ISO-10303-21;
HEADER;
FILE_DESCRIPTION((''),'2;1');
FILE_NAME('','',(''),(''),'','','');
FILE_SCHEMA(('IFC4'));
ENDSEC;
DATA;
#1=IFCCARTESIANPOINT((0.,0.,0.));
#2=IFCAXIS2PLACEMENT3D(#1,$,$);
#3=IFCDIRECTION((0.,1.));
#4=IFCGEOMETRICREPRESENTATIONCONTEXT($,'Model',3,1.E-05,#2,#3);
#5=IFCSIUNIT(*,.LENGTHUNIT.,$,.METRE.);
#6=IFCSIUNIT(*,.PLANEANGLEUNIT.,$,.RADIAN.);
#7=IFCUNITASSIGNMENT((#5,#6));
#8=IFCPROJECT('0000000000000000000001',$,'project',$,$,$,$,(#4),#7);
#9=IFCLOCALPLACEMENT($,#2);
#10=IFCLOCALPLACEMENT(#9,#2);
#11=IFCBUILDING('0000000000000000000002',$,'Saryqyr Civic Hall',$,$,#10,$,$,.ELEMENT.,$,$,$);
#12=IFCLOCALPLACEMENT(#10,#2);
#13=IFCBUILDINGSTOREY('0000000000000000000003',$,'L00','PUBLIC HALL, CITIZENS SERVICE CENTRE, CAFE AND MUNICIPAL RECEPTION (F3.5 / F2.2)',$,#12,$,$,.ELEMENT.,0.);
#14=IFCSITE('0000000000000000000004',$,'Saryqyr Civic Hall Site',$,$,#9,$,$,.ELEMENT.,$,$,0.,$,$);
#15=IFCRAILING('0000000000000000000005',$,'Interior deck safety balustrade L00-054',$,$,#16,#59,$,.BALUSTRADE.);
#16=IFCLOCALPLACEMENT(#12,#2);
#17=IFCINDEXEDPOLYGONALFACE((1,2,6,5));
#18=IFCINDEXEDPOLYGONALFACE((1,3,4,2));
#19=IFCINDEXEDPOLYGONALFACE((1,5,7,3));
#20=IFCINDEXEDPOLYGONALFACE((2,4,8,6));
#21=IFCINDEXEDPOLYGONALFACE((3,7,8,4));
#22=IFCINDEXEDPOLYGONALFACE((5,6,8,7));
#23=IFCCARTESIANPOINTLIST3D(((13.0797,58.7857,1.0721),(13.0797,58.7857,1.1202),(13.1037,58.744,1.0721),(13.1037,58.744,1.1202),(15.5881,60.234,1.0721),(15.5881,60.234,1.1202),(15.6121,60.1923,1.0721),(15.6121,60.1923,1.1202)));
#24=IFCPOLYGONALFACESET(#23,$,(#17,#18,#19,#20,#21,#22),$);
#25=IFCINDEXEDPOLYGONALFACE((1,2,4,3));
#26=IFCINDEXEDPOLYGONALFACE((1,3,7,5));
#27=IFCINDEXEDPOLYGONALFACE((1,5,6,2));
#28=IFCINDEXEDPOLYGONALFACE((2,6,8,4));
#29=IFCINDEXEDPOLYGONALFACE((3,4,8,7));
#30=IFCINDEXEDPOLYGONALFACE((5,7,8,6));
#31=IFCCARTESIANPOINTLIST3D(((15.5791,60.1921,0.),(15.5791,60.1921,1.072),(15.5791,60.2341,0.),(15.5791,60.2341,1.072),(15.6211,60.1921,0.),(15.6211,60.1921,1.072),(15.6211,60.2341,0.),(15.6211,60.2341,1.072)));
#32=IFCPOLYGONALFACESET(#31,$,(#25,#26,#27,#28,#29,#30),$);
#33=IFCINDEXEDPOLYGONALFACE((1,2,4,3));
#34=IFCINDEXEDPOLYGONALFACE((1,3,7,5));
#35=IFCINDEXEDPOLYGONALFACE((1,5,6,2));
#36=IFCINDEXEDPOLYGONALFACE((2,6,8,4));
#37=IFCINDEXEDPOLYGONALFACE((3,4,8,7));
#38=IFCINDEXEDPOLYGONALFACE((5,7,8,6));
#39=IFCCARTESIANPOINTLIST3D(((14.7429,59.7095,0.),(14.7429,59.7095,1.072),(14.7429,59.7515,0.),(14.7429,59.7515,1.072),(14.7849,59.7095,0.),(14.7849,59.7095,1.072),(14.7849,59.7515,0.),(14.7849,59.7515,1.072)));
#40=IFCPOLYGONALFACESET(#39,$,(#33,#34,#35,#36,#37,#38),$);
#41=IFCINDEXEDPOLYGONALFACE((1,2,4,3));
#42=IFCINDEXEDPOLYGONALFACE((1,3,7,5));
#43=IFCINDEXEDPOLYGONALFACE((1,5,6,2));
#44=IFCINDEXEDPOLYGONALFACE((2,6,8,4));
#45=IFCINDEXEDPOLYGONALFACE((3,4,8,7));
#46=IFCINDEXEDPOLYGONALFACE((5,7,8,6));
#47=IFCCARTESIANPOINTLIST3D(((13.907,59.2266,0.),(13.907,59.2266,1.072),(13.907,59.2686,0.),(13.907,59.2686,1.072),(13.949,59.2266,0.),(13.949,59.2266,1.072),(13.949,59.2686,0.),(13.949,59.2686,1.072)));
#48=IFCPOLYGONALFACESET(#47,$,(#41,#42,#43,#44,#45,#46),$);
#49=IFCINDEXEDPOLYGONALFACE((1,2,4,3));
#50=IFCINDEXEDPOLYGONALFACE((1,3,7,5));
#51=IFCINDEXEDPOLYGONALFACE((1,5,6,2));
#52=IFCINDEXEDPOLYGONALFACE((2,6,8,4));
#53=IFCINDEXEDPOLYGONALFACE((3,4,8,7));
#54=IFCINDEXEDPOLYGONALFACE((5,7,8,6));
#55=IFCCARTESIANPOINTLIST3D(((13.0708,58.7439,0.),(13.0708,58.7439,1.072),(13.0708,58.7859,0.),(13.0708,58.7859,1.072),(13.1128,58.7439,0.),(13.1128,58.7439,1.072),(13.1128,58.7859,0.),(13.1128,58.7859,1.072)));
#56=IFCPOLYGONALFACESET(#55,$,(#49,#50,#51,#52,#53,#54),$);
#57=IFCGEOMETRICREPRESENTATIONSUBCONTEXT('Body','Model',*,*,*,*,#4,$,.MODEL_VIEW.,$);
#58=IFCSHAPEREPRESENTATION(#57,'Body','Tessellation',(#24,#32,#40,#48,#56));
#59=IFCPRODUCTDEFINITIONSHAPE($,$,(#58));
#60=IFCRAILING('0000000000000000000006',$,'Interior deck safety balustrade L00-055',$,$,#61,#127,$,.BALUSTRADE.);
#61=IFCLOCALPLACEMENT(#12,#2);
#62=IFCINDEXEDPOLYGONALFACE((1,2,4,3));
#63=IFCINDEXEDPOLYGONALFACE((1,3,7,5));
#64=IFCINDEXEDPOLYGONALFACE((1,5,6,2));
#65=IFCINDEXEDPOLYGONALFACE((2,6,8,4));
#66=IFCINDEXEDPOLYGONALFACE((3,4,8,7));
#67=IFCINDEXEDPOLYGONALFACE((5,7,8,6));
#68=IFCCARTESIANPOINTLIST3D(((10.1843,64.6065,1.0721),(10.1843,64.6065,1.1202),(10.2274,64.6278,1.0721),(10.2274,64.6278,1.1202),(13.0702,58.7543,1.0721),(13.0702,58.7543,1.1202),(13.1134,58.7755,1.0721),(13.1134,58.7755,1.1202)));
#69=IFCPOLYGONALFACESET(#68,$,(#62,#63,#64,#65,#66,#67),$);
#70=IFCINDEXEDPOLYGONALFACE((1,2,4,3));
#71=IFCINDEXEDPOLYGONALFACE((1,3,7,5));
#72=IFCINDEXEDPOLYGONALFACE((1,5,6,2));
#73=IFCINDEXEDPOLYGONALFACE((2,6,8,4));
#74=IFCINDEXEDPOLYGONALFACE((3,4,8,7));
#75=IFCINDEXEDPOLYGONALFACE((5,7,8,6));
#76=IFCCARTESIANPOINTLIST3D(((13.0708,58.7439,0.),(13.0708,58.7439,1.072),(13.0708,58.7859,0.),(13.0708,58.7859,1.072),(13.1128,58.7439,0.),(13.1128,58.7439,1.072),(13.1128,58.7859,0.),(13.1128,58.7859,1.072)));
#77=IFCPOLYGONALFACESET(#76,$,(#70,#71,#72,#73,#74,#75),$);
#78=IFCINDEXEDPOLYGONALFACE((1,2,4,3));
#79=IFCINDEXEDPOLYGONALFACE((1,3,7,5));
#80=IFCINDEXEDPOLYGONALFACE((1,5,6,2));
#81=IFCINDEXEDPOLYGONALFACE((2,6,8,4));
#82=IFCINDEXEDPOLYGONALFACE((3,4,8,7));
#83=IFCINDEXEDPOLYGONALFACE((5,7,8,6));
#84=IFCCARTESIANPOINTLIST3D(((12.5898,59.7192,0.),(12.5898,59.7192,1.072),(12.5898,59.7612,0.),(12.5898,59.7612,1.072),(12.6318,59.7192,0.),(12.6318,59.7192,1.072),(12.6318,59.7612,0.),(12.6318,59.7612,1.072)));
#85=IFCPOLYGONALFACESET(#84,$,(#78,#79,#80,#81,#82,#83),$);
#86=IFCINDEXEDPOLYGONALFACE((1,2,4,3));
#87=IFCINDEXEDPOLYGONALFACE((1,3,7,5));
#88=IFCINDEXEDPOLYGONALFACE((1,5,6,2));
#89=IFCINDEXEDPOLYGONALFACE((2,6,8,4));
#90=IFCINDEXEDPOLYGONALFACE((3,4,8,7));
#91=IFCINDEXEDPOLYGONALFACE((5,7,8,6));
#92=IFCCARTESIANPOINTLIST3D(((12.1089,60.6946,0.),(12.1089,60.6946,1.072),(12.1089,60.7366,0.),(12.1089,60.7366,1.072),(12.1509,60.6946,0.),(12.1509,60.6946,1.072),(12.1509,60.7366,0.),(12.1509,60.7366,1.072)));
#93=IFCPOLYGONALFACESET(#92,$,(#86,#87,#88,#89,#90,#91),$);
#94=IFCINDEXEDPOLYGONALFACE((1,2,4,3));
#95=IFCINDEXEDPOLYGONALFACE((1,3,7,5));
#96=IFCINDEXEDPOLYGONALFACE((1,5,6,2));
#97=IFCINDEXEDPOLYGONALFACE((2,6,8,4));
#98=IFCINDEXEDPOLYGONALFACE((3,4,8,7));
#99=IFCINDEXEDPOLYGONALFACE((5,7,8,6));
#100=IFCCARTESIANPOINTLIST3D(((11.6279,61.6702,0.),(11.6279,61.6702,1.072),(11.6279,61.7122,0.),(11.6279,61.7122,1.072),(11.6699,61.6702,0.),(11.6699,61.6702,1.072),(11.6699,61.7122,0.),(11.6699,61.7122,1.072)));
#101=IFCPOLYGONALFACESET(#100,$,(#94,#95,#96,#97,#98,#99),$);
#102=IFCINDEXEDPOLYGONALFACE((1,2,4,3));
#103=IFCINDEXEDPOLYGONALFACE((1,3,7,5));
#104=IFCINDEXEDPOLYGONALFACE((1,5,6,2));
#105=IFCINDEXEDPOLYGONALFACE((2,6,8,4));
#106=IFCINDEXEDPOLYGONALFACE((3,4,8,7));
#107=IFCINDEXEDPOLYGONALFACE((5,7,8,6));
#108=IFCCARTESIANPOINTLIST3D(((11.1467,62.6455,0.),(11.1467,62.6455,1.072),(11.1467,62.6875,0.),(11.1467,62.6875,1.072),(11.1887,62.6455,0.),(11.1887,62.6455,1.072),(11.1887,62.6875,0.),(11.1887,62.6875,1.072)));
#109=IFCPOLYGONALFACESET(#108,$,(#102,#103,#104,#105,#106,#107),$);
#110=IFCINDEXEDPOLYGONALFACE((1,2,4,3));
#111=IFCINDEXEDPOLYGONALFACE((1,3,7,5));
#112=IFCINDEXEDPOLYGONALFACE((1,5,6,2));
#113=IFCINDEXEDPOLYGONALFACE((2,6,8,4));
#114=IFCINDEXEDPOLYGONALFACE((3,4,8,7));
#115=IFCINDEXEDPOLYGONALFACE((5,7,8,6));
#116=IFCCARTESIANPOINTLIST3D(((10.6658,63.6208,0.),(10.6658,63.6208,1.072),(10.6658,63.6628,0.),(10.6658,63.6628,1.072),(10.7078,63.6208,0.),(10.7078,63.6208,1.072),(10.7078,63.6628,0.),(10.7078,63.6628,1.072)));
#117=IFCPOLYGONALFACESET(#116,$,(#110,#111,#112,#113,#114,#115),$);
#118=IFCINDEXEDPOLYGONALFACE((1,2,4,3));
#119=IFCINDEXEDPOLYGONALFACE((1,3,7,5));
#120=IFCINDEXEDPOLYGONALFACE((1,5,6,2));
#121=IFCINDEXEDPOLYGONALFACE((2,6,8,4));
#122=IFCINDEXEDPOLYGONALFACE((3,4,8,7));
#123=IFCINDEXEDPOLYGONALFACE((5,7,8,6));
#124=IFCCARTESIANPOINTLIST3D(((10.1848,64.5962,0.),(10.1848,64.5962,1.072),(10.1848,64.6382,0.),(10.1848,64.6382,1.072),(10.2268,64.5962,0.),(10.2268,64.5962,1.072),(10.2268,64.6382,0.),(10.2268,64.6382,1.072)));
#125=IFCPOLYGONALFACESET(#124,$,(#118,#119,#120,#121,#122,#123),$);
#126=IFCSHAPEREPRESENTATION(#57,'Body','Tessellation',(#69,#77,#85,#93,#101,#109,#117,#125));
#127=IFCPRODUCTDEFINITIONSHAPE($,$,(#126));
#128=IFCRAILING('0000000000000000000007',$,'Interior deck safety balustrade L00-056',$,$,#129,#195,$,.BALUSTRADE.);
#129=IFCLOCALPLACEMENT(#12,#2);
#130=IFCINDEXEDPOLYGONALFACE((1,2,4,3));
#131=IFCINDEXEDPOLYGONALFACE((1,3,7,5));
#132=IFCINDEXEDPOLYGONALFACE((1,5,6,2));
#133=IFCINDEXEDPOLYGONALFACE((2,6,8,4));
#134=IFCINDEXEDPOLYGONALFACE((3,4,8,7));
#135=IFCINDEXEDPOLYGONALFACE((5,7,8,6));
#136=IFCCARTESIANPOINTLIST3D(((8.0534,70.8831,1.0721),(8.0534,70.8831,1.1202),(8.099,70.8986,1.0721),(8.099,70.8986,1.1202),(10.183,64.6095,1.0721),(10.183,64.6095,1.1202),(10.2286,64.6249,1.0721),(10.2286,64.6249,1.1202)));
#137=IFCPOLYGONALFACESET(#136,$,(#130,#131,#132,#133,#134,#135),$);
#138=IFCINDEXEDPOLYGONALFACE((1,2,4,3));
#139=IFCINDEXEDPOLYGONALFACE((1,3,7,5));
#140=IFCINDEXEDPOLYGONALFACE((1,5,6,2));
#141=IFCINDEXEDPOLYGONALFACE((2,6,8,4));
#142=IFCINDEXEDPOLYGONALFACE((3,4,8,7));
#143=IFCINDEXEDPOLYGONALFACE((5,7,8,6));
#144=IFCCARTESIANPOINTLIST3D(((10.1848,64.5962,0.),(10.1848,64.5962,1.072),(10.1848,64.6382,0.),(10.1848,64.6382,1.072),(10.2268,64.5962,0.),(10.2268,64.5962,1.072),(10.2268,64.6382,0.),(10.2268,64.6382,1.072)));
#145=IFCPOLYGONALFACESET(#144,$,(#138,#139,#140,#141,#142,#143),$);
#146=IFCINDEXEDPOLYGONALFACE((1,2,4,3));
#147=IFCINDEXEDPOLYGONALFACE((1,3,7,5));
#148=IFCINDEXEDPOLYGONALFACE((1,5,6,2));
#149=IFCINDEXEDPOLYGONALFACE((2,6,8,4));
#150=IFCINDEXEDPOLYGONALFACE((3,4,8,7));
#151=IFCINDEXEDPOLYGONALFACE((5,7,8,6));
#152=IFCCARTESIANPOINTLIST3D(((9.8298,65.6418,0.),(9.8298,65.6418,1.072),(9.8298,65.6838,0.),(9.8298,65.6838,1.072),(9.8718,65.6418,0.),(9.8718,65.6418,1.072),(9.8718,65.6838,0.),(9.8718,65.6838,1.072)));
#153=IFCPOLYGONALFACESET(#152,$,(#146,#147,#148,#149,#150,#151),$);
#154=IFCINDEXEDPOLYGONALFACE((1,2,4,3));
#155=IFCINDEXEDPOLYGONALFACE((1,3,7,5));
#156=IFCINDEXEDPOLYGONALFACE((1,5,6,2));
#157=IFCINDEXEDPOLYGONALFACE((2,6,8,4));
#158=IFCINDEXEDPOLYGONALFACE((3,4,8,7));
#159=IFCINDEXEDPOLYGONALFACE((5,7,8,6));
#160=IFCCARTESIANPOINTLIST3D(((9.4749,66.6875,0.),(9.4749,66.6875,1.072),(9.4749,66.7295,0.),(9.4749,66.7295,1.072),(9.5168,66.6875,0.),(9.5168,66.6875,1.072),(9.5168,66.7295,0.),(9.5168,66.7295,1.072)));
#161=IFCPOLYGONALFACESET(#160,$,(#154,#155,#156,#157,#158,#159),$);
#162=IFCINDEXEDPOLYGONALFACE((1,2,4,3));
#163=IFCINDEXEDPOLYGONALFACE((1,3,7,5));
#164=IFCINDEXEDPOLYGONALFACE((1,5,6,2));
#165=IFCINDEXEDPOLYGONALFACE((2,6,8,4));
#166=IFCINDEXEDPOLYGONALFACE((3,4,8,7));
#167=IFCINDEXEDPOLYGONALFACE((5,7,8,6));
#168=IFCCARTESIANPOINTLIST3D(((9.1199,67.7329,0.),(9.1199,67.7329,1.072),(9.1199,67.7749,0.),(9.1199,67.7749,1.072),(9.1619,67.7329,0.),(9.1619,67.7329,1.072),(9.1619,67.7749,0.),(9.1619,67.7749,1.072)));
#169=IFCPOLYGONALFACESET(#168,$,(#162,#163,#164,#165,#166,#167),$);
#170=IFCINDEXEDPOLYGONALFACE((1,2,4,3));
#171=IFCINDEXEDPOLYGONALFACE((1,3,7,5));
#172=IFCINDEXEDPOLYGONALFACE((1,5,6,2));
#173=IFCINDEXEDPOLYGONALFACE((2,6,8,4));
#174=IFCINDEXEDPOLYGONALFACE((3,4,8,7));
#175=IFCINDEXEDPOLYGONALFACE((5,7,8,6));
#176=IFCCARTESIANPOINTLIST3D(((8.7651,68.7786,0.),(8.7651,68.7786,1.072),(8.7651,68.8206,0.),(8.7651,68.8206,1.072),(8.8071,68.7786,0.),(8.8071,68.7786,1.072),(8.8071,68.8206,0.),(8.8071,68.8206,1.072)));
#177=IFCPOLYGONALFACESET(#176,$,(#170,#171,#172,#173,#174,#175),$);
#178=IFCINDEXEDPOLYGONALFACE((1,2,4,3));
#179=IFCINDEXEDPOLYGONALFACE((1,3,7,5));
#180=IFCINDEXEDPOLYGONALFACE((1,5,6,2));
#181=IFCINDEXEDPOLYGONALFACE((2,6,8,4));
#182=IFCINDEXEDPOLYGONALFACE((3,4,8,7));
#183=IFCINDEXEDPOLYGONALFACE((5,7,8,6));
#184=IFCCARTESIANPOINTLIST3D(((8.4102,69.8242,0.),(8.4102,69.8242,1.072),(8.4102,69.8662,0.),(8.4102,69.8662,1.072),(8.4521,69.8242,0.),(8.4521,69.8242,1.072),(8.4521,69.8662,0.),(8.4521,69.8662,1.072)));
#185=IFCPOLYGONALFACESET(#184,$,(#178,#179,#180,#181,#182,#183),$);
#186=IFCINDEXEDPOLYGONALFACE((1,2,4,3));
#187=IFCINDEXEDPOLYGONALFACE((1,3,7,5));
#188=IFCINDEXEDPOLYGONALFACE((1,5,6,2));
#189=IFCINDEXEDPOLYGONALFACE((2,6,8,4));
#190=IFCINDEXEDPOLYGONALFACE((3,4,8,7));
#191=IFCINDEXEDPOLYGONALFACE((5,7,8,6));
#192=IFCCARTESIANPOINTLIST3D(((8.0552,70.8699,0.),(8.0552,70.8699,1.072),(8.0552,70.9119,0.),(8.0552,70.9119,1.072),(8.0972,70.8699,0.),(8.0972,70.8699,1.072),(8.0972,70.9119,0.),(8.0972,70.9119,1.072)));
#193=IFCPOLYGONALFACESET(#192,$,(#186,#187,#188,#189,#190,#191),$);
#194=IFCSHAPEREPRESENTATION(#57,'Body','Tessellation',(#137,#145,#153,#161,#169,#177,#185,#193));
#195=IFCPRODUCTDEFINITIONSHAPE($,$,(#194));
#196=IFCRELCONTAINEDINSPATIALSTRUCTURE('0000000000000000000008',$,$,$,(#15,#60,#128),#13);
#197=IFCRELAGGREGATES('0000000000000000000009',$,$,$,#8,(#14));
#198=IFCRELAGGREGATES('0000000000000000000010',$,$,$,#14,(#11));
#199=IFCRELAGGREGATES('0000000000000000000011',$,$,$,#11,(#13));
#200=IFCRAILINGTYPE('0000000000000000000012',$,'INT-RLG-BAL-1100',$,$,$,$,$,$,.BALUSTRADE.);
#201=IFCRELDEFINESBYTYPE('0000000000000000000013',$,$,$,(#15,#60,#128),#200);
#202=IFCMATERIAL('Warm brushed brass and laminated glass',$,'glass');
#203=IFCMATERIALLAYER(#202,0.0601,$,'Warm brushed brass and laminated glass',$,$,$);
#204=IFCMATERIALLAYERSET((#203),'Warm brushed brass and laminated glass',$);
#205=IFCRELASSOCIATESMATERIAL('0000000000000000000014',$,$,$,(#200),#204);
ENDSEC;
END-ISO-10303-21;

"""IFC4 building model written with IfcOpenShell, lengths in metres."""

from ifc_helpers import new_model, si_unit, direction, frame, origin, origin_2d, place, context, subcontext, project, spatial, rectangle, extrude, material, layer, layer_set, type_object, element, save


model = new_model("IFC4")

# Units and contexts
model_context = context("Model", 3, precision=1e-05, world=origin(), true_north=direction((0.0, 1.0)))
body_context = subcontext(model_context, "Body", "Model", "MODEL_VIEW")
ifc_project = project(units=[si_unit("LENGTHUNIT", "METRE"), si_unit("PLANEANGLEUNIT", "RADIAN")], contexts=[model_context])

# Site, building, storey
site_placement = place(None, origin())
site = spatial("IfcSite", under=ifc_project, at=site_placement, Name="Saryqyr Civic Hall Site", CompositionType="ELEMENT", RefElevation=0.0)
building_placement = place(site_placement, origin())
building = spatial("IfcBuilding", under=site, at=building_placement, Name="Saryqyr Civic Hall", CompositionType="ELEMENT")
storey_placement = place(building_placement, origin())
storey = spatial("IfcBuildingStorey", under=building, at=storey_placement, Name="L00", Description="PUBLIC HALL, CITIZENS SERVICE CENTRE, CAFE AND MUNICIPAL RECEPTION (F3.5 / F2.2)", CompositionType="ELEMENT", Elevation=0.0)

# Railings
ifc_material_1 = material(Name="Warm brushed brass and laminated glass", Category="glass")
ifc_layer_1 = layer(ifc_material_1, 0.0601, Name="Warm brushed brass and laminated glass")
ifc_layer_set_1 = layer_set([ifc_layer_1], Name="Warm brushed brass and laminated glass")
railing_type = type_object("IfcRailingType", Name="INT-RLG-BAL-1100", PredefinedType="BALUSTRADE", material=ifc_layer_set_1)
railing_1_placement = place(storey_placement, frame((15.6001, 60.2131, 0.0)))
element("IfcRailing", 1, at=railing_1_placement, inside=storey, type_object=railing_type, Name="Interior deck safety balustrade L00-054", PredefinedType="BALUSTRADE", context=body_context, shape_type="SweptSolid", body=[
    extrude(rectangle(XDim=0.0481, YDim=0.0481, at=origin_2d()), frame((0.0, 0.0, 1.0962), z_axis=(-0.866014, -0.500019, 0.0), x_axis=(0.500019, -0.866014, 0.0)), (0.0, 0.0, 1.0), 2.8965),
    extrude(rectangle(XDim=0.042, YDim=0.042, at=origin_2d()), origin(), (0.0, 0.0, 1.0), 1.072),
    extrude(rectangle(XDim=0.042, YDim=0.042, at=origin_2d()), frame((-0.8362, -0.4827, 0.0)), (0.0, 0.0, 1.0), 1.072),
    extrude(rectangle(XDim=0.042, YDim=0.042, at=origin_2d()), frame((-1.6721, -0.9656, 0.0)), (0.0, 0.0, 1.0), 1.072),
    extrude(rectangle(XDim=0.042, YDim=0.042, at=origin_2d()), frame((-2.5083, -1.4482, 0.0)), (0.0, 0.0, 1.0), 1.072),
])
railing_2_placement = place(storey_placement, frame((13.0918, 58.7649, 0.0)))
element("IfcRailing", 2, at=railing_2_placement, inside=storey, type_object=railing_type, Name="Interior deck safety balustrade L00-055", PredefinedType="BALUSTRADE", context=body_context, shape_type="SweptSolid", body=[
    extrude(rectangle(XDim=0.0481, YDim=0.0481, at=origin_2d()), frame((0.0, 0.0, 1.0962), z_axis=(-0.442283, 0.896876, 0.0), x_axis=(-0.896876, -0.442283, 0.0)), (0.0, 0.0, 1.0), 6.5251),
    extrude(rectangle(XDim=0.042, YDim=0.042, at=origin_2d()), origin(), (0.0, 0.0, 1.0), 1.072),
    extrude(rectangle(XDim=0.042, YDim=0.042, at=origin_2d()), frame((-0.481, 0.9753, 0.0)), (0.0, 0.0, 1.0), 1.072),
    extrude(rectangle(XDim=0.042, YDim=0.042, at=origin_2d()), frame((-0.9619, 1.9507, 0.0)), (0.0, 0.0, 1.0), 1.072),
    extrude(rectangle(XDim=0.042, YDim=0.042, at=origin_2d()), frame((-1.4429, 2.9263, 0.0)), (0.0, 0.0, 1.0), 1.072),
    extrude(rectangle(XDim=0.042, YDim=0.042, at=origin_2d()), frame((-1.9241, 3.9016, 0.0)), (0.0, 0.0, 1.0), 1.072),
    extrude(rectangle(XDim=0.042, YDim=0.042, at=origin_2d()), frame((-2.405, 4.877, 0.0)), (0.0, 0.0, 1.0), 1.072),
    extrude(rectangle(XDim=0.042, YDim=0.042, at=origin_2d()), frame((-2.886, 5.8523, 0.0)), (0.0, 0.0, 1.0), 1.072),
])
railing_3_placement = place(storey_placement, frame((10.2058, 64.6172, 0.0)))
element("IfcRailing", 3, at=railing_3_placement, inside=storey, type_object=railing_type, Name="Interior deck safety balustrade L00-056", PredefinedType="BALUSTRADE", context=body_context, shape_type="SweptSolid", body=[
    extrude(rectangle(XDim=0.0481, YDim=0.0481, at=origin_2d()), frame((0.0, 0.0, 1.0962), z_axis=(-0.321441, 0.94693, 0.0), x_axis=(-0.94693, -0.321441, 0.0)), (0.0, 0.0, 1.0), 6.6252),
    extrude(rectangle(XDim=0.042, YDim=0.042, at=origin_2d()), origin(), (0.0, 0.0, 1.0), 1.072),
    extrude(rectangle(XDim=0.042, YDim=0.042, at=origin_2d()), frame((-0.355, 1.0457, 0.0)), (0.0, 0.0, 1.0), 1.072),
    extrude(rectangle(XDim=0.042, YDim=0.042, at=origin_2d()), frame((-0.71, 2.0913, 0.0)), (0.0, 0.0, 1.0), 1.072),
    extrude(rectangle(XDim=0.042, YDim=0.042, at=origin_2d()), frame((-1.0649, 3.1367, 0.0)), (0.0, 0.0, 1.0), 1.072),
    extrude(rectangle(XDim=0.042, YDim=0.042, at=origin_2d()), frame((-1.4197, 4.1824, 0.0)), (0.0, 0.0, 1.0), 1.072),
    extrude(rectangle(XDim=0.042, YDim=0.042, at=origin_2d()), frame((-1.7747, 5.228, 0.0)), (0.0, 0.0, 1.0), 1.072),
    extrude(rectangle(XDim=0.042, YDim=0.042, at=origin_2d()), frame((-2.1296, 6.2737, 0.0)), (0.0, 0.0, 1.0), 1.072),
])

save(model, "model.ifc")
